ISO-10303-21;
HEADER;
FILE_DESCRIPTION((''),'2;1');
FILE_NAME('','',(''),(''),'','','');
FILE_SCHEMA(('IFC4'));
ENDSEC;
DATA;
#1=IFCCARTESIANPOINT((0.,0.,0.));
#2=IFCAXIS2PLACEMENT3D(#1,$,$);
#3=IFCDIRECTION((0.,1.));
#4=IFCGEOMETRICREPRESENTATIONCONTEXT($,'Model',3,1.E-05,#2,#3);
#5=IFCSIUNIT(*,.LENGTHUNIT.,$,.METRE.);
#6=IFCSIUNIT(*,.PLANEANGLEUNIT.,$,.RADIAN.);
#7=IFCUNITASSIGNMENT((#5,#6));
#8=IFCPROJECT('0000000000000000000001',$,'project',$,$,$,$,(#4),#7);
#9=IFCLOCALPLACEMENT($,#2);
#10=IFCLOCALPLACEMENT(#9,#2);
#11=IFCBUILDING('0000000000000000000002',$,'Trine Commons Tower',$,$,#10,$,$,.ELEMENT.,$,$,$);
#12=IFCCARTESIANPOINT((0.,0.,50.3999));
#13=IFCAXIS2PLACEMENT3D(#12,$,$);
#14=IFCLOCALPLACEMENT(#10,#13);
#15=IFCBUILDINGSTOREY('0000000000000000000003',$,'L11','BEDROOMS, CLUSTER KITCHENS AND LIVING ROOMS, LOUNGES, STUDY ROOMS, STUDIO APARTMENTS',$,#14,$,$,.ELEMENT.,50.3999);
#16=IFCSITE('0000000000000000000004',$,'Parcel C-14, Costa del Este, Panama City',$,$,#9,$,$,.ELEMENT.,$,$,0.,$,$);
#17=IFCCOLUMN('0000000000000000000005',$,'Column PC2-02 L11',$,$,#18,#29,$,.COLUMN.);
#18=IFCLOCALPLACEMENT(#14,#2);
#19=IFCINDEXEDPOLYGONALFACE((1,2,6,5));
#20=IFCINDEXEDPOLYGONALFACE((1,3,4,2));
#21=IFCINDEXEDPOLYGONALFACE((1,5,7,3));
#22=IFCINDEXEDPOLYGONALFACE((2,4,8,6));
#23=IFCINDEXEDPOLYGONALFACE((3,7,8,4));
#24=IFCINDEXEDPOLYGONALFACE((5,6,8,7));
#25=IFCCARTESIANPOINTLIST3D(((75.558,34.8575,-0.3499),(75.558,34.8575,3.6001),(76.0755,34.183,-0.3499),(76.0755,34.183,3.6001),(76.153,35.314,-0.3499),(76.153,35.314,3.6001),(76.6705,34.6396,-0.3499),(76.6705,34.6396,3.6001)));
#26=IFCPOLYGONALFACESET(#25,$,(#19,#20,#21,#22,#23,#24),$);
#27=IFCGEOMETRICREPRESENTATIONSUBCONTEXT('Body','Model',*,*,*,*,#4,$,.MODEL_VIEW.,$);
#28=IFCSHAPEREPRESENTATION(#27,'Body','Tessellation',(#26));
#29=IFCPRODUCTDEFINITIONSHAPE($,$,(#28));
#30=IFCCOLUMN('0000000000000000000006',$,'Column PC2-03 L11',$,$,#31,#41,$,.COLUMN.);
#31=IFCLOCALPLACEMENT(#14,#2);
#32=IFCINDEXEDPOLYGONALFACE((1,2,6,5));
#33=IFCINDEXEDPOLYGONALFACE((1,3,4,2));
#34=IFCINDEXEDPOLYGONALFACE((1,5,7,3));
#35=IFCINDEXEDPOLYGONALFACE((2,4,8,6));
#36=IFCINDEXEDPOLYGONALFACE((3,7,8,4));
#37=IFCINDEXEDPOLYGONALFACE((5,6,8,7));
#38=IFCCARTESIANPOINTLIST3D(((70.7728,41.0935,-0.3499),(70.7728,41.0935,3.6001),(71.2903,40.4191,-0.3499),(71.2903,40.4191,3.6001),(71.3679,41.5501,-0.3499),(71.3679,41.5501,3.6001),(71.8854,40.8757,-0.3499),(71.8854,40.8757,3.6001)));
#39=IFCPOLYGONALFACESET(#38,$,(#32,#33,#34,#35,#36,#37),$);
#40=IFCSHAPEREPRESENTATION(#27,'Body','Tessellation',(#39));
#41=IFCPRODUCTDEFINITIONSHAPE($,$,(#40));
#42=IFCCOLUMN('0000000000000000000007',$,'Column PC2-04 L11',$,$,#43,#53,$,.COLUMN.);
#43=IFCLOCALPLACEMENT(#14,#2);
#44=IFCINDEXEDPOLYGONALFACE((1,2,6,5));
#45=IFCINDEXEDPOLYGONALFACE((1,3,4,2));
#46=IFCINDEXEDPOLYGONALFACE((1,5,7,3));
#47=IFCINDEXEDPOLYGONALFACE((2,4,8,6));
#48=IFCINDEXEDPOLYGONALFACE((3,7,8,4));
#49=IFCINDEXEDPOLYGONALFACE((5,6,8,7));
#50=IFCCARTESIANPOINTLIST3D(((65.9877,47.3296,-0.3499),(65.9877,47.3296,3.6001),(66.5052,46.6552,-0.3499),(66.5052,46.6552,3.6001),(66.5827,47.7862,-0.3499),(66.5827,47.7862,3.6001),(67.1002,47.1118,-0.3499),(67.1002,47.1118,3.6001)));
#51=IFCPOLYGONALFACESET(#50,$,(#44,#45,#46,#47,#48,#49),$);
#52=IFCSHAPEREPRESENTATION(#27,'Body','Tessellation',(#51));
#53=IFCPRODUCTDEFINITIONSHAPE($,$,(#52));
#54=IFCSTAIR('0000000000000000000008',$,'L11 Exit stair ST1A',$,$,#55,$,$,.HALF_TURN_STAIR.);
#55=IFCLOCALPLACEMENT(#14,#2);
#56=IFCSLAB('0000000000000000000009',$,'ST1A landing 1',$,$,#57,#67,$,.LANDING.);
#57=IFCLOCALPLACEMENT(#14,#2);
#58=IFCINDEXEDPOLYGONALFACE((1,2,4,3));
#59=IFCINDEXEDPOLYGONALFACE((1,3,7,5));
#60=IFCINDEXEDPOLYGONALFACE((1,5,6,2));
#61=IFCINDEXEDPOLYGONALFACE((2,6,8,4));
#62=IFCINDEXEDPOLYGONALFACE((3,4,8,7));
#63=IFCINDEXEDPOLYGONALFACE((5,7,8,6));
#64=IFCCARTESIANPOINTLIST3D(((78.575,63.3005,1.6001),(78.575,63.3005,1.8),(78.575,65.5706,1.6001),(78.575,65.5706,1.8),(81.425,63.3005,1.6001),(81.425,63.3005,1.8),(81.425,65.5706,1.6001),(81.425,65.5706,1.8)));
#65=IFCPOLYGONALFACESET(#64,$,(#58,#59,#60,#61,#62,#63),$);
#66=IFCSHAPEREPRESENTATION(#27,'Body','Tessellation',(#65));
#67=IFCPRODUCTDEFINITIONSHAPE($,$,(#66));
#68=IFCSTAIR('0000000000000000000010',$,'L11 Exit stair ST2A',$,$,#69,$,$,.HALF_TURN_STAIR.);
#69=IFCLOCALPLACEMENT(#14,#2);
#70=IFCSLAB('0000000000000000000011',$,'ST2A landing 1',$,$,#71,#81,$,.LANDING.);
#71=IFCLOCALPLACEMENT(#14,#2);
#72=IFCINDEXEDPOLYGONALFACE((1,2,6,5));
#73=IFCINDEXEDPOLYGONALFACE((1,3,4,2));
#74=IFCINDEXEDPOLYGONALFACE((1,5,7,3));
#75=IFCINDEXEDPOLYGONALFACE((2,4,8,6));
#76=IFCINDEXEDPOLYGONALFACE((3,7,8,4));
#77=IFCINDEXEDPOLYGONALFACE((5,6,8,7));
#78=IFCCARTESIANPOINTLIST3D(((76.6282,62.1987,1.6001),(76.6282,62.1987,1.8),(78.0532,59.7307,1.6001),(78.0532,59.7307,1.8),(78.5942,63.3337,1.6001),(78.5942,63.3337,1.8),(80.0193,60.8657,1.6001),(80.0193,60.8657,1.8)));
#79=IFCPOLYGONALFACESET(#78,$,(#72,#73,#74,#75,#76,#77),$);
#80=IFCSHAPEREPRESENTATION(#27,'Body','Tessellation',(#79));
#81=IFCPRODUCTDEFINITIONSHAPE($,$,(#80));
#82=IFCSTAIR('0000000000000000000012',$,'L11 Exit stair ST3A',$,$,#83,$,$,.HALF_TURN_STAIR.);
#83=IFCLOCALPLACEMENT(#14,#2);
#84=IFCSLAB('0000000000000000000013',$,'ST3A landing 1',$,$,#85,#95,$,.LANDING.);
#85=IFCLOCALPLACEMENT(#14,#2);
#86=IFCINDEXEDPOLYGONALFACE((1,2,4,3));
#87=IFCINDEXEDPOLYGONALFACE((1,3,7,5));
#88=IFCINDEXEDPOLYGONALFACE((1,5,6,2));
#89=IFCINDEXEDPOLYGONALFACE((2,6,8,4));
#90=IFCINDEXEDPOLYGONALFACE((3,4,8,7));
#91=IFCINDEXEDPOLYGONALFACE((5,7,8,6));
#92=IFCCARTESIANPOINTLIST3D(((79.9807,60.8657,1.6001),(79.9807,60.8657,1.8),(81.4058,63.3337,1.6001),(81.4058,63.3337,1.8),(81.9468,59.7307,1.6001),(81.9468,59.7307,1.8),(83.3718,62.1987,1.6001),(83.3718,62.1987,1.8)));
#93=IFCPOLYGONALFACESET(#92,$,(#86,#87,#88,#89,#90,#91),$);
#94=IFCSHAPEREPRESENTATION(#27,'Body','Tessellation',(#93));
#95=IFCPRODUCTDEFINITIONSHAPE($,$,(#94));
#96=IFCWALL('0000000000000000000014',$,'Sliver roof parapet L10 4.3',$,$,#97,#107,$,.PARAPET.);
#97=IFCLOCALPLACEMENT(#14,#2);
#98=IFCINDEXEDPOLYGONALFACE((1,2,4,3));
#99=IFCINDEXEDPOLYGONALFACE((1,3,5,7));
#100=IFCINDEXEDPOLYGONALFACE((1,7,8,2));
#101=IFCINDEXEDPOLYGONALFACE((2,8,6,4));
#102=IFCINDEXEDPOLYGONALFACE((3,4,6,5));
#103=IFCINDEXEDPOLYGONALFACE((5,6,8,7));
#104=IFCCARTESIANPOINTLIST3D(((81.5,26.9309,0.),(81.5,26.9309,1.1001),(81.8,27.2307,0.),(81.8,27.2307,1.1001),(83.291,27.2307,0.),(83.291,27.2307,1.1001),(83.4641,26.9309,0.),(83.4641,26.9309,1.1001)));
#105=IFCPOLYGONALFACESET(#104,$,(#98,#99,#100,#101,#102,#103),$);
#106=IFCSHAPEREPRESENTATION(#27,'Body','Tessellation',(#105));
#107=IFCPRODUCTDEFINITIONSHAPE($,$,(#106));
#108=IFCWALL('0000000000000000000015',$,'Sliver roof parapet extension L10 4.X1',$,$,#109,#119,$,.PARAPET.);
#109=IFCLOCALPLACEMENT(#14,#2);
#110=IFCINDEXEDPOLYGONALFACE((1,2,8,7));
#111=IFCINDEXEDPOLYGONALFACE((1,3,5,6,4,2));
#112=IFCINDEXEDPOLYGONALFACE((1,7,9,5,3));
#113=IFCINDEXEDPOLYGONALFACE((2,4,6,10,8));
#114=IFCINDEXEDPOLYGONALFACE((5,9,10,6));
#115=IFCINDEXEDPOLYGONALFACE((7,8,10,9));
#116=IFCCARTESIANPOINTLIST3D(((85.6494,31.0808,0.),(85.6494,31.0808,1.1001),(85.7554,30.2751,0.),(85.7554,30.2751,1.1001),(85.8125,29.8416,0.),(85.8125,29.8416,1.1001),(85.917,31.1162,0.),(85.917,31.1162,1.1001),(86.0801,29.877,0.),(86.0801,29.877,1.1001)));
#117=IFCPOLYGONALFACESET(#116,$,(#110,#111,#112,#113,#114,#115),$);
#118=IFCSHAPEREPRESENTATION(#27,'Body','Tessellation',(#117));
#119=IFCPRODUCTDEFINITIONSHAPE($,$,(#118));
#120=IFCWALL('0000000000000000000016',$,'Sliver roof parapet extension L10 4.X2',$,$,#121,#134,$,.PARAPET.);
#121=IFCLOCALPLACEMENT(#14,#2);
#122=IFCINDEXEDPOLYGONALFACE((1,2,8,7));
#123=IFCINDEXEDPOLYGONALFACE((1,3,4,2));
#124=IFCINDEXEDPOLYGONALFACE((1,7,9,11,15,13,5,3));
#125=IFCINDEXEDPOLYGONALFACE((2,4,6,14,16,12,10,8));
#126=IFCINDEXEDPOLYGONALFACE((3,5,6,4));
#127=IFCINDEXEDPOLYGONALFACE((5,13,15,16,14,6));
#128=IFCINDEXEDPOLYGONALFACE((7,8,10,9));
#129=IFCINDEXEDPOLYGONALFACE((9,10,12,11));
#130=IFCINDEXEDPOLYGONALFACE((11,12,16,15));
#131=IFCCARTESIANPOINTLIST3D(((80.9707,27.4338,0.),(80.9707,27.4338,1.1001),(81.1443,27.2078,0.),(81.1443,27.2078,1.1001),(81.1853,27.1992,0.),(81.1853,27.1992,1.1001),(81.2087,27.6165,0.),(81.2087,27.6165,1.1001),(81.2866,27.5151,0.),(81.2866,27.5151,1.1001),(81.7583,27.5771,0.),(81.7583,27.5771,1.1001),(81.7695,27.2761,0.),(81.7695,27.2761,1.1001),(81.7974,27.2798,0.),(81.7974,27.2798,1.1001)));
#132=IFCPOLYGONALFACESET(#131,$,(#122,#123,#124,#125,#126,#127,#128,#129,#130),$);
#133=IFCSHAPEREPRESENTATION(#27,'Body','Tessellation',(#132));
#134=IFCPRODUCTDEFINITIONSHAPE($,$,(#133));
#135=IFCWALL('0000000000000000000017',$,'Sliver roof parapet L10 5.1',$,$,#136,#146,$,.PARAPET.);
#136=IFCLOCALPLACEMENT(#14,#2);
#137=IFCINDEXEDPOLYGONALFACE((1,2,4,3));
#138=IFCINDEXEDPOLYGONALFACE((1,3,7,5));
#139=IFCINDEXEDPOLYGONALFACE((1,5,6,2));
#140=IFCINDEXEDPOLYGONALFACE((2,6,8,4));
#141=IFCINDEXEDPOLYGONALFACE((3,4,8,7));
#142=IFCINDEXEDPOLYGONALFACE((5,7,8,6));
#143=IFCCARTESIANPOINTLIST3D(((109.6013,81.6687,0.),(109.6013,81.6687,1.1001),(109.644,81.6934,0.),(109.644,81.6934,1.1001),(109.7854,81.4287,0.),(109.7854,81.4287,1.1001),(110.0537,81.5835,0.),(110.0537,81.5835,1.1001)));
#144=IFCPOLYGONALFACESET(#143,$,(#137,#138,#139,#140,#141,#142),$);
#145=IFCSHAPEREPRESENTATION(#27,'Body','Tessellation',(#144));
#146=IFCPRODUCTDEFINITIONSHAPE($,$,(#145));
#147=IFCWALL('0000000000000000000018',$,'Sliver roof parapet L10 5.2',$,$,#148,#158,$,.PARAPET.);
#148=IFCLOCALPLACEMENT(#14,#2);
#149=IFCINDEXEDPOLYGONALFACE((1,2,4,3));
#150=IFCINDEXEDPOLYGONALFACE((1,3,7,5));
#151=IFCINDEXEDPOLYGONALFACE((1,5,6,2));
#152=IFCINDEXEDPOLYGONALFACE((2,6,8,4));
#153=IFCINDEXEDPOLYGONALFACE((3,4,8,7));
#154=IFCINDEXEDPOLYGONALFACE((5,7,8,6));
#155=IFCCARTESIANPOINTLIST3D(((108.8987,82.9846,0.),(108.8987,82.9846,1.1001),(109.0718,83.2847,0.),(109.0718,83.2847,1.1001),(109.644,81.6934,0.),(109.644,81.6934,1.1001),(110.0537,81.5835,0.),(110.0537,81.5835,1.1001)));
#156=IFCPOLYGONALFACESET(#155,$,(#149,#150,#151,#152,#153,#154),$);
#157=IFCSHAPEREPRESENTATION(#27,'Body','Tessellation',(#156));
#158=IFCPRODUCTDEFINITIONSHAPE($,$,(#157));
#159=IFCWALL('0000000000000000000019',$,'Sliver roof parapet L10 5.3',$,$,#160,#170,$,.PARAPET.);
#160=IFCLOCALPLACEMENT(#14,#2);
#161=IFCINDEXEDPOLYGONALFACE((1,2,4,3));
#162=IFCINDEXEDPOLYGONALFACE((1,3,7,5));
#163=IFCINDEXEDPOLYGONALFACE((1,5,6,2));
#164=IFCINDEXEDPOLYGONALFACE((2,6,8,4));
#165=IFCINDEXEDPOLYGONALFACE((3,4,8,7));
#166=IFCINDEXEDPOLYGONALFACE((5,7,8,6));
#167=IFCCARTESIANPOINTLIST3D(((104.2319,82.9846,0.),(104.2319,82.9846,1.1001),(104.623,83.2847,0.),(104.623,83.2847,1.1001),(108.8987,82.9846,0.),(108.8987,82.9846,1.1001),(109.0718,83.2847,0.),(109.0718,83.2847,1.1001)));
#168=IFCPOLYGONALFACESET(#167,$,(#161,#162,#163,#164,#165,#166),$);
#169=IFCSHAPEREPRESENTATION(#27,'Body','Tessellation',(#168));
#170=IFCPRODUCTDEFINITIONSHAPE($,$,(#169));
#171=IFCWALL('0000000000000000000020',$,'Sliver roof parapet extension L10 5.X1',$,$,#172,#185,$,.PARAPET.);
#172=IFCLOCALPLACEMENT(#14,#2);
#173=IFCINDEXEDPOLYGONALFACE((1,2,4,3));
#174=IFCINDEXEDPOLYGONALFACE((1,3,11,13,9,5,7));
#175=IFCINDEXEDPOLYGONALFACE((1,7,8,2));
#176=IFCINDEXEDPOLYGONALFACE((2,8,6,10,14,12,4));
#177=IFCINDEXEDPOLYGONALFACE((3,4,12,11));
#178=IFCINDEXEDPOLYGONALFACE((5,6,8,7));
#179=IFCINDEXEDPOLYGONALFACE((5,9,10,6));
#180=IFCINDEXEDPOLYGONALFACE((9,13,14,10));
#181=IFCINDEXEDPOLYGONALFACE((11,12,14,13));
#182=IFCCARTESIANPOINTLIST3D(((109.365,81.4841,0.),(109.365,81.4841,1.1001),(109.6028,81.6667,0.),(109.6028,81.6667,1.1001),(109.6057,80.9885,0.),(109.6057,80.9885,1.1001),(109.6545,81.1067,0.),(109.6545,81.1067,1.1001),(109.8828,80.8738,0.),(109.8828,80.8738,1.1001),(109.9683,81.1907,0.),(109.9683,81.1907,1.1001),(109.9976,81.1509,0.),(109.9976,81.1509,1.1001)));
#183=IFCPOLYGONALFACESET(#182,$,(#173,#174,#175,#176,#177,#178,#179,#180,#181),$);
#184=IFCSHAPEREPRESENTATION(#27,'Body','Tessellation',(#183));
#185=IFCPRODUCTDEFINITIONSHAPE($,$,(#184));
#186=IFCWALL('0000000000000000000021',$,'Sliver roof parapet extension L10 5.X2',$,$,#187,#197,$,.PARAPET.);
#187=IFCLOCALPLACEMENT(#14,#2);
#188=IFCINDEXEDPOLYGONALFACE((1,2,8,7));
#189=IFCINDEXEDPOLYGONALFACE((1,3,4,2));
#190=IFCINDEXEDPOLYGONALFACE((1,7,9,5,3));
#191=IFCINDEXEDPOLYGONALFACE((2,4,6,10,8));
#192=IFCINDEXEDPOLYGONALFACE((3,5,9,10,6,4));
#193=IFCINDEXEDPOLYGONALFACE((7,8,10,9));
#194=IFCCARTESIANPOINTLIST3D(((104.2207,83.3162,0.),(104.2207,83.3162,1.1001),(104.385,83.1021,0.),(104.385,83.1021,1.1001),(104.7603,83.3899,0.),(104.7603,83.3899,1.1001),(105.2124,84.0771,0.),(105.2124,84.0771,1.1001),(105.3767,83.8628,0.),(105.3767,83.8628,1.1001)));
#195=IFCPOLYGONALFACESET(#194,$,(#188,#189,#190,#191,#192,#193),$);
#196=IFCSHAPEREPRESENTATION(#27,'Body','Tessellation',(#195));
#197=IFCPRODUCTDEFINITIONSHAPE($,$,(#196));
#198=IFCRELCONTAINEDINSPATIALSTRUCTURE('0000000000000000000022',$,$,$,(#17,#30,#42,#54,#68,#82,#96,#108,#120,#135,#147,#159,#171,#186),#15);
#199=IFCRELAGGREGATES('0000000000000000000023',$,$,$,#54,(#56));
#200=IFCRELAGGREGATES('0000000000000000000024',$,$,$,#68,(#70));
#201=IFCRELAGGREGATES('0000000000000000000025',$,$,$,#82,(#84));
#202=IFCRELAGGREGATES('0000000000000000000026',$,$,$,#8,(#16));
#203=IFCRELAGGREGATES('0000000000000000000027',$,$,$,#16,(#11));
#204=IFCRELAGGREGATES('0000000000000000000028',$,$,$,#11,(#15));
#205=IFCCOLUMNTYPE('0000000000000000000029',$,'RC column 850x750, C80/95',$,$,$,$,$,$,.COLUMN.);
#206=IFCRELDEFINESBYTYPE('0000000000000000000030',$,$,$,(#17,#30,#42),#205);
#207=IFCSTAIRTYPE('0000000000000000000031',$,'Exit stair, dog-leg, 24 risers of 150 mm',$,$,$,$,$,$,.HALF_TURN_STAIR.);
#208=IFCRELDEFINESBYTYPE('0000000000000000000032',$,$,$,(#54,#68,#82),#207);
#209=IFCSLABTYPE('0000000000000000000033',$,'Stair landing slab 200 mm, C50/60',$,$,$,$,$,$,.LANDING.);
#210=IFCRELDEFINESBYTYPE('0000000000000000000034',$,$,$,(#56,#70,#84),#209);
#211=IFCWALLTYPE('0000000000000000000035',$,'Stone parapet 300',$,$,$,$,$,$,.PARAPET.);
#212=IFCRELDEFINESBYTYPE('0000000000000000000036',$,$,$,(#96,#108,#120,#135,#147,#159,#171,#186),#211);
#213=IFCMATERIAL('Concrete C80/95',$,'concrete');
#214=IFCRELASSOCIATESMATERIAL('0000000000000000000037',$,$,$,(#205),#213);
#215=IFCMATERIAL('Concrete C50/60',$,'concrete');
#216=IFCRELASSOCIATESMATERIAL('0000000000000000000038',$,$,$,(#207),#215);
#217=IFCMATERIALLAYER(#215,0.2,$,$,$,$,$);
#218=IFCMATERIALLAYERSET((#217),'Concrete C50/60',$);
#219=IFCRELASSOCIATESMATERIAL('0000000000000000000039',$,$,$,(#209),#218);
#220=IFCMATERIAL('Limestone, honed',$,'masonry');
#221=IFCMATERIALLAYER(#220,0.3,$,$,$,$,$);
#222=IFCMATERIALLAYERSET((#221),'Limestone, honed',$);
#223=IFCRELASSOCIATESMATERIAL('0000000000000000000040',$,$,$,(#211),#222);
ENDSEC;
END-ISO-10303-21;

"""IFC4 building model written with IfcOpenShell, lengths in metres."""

from ifc_helpers import new_model, si_unit, direction, frame, origin, origin_2d, place, context, subcontext, project, spatial, polyline, rectangle, outline, extrude, material, layer, layer_set, material_profile, profile_set, type_object, element, aggregate, save


model = new_model("IFC4")

# Units and contexts
model_context = context("Model", 3, precision=1e-05, world=origin(), true_north=direction((0.0, 1.0)))
body_context = subcontext(model_context, "Body", "Model", "MODEL_VIEW")
ifc_project = project(units=[si_unit("LENGTHUNIT", "METRE"), si_unit("PLANEANGLEUNIT", "RADIAN")], contexts=[model_context])

# Site, building, storey
site_placement = place(None, origin())
site = spatial("IfcSite", under=ifc_project, at=site_placement, Name="Parcel C-14, Costa del Este, Panama City", CompositionType="ELEMENT", RefElevation=0.0)
building_placement = place(site_placement, origin())
building = spatial("IfcBuilding", under=site, at=building_placement, Name="Trine Commons Tower", CompositionType="ELEMENT")
storey_placement = place(building_placement, frame((0.0, 0.0, 50.3999)))
storey = spatial("IfcBuildingStorey", under=building, at=storey_placement, Name="L11", Description="BEDROOMS, CLUSTER KITCHENS AND LIVING ROOMS, LOUNGES, STUDY ROOMS, STUDIO APARTMENTS", CompositionType="ELEMENT", Elevation=50.3999)

# Columns
ifc_material_1 = material(Name="Concrete C80/95", Category="concrete")
ifc_material_profile = material_profile(ifc_material_1, rectangle(XDim=0.8501, YDim=0.75, at=origin_2d()), Name="RC 850x750")
ifc_profile_set = profile_set([ifc_material_profile], Name="Concrete C80/95")
column_type = type_object("IfcColumnType", Name="RC column 850x750, C80/95", PredefinedType="COLUMN", material=ifc_profile_set)
for number, where, z_axis, x_axis, name in (
    (1, (76.1143, 34.7485, -0.3499), (0.0, 0.0, 1.0), (-0.608761, 0.793353, 0.0), "Column PC2-02 L11"),
    (2, (71.3291, 40.9846, -0.3499), (0.0, 0.0, 1.0), (-0.608761, 0.793353, 0.0), "Column PC2-03 L11"),
    (3, (66.5439, 47.2207, -0.3499), (0.0, 0.0, 1.0), (-0.608761, 0.793353, 0.0), "Column PC2-04 L11"),
):
    element("IfcColumn", number, at=place(storey_placement, frame(where, z_axis=z_axis, x_axis=x_axis)), inside=storey, type_object=column_type, Name=name, PredefinedType="COLUMN", context=body_context, shape_type="SweptSolid", body=[
        extrude(rectangle(XDim=0.8501, YDim=0.75, at=origin_2d()), origin(), (0.0, 0.0, 1.0), 3.95),
    ])

# Stairs, slabs
ifc_material_2 = material(Name="Concrete C50/60", Category="concrete")
stair_type = type_object("IfcStairType", Name="Exit stair, dog-leg, 24 risers of 150 mm", PredefinedType="HALF_TURN_STAIR", material=ifc_material_2)
stair_1_placement = place(storey_placement, origin())
stair_1 = element("IfcStair", 4, at=stair_1_placement, inside=storey, type_object=stair_type, Name="L11 Exit stair ST1A", PredefinedType="HALF_TURN_STAIR")
ifc_layer_1 = layer(ifc_material_2, 0.2)
ifc_layer_set_1 = layer_set([ifc_layer_1], Name="Concrete C50/60")
slab_type = type_object("IfcSlabType", Name="Stair landing slab 200 mm, C50/60", PredefinedType="LANDING", material=ifc_layer_set_1)
slab_1_placement = place(storey_placement, frame((0.0, 0.0, 1.6001)))
slab_1 = element("IfcSlab", 5, at=slab_1_placement, type_object=slab_type, Name="ST1A landing 1", PredefinedType="LANDING", context=body_context, shape_type="SweptSolid", body=[
    extrude(outline(polyline([(78.575, 65.5706), (78.575, 63.3005), (81.425, 63.3005), (81.425, 65.5706), (78.575, 65.5706)])), origin(), (0.0, 0.0, 1.0), 0.2),
])
aggregate(stair_1, [slab_1])
stair_2_placement = place(storey_placement, origin())
stair_2 = element("IfcStair", 6, at=stair_2_placement, inside=storey, type_object=stair_type, Name="L11 Exit stair ST2A", PredefinedType="HALF_TURN_STAIR")
slab_2_placement = place(storey_placement, frame((0.0, 0.0, 1.6001)))
slab_2 = element("IfcSlab", 7, at=slab_2_placement, type_object=slab_type, Name="ST2A landing 1", PredefinedType="LANDING", context=body_context, shape_type="SweptSolid", body=[
    extrude(outline(polyline([(78.0532, 59.7307), (80.0193, 60.8657), (78.5942, 63.3337), (76.6282, 62.1987), (78.0532, 59.7307)])), origin(), (0.0, 0.0, 1.0), 0.2),
])
aggregate(stair_2, [slab_2])
stair_3_placement = place(storey_placement, origin())
stair_3 = element("IfcStair", 8, at=stair_3_placement, inside=storey, type_object=stair_type, Name="L11 Exit stair ST3A", PredefinedType="HALF_TURN_STAIR")
slab_3_placement = place(storey_placement, frame((0.0, 0.0, 1.6001)))
slab_3 = element("IfcSlab", 9, at=slab_3_placement, type_object=slab_type, Name="ST3A landing 1", PredefinedType="LANDING", context=body_context, shape_type="SweptSolid", body=[
    extrude(outline(polyline([(83.3718, 62.1987), (81.4058, 63.3337), (79.9807, 60.8657), (81.9468, 59.7307), (83.3718, 62.1987)])), origin(), (0.0, 0.0, 1.0), 0.2),
])
aggregate(stair_3, [slab_3])

# Walls
ifc_material_3 = material(Name="Limestone, honed", Category="masonry")
ifc_layer_2 = layer(ifc_material_3, 0.3)
ifc_layer_set_2 = layer_set([ifc_layer_2], Name="Limestone, honed")
wall_type_1 = type_object("IfcWallType", Name="Stone parapet 300", PredefinedType="PARAPET", material=ifc_layer_set_2)
wall_1_placement = place(storey_placement, origin())
element("IfcWall", 10, at=wall_1_placement, inside=storey, type_object=wall_type_1, Name="Sliver roof parapet L10 4.3", PredefinedType="PARAPET", context=body_context, shape_type="SweptSolid", body=[
    extrude(outline(polyline([(81.5, 26.9309), (83.4641, 26.9309), (83.291, 27.2307), (81.8, 27.2307), (81.5, 26.9309)])), origin(), (0.0, 0.0, 1.0), 1.1001),
])
wall_2_placement = place(storey_placement, origin())
element("IfcWall", 11, at=wall_2_placement, inside=storey, type_object=wall_type_1, Name="Sliver roof parapet extension L10 4.X1", PredefinedType="PARAPET", context=body_context, shape_type="SweptSolid", body=[
    extrude(outline(polyline([(85.8125, 29.8416), (86.0801, 29.877), (85.917, 31.1162), (85.6494, 31.0808), (85.7554, 30.2751), (85.8125, 29.8416)])), origin(), (0.0, 0.0, 1.0), 1.1001),
])
wall_3_placement = place(storey_placement, origin())
element("IfcWall", 12, at=wall_3_placement, inside=storey, type_object=wall_type_1, Name="Sliver roof parapet extension L10 4.X2", PredefinedType="PARAPET", context=body_context, shape_type="SweptSolid", body=[
    extrude(outline(polyline([(81.7974, 27.2798), (81.7583, 27.5771), (81.2866, 27.5151), (81.2087, 27.6165), (80.9707, 27.4338), (81.1443, 27.2078), (81.1853, 27.1992), (81.7695, 27.2761), (81.7974, 27.2798)])), origin(), (0.0, 0.0, 1.0), 1.1001),
])
wall_4_placement = place(storey_placement, origin())
element("IfcWall", 13, at=wall_4_placement, inside=storey, type_object=wall_type_1, Name="Sliver roof parapet L10 5.1", PredefinedType="PARAPET", context=body_context, shape_type="SweptSolid", body=[
    extrude(outline(polyline([(109.7854, 81.4287), (110.0537, 81.5835), (109.644, 81.6934), (109.6013, 81.6687), (109.7854, 81.4287)])), origin(), (0.0, 0.0, 1.0), 1.1001),
])
wall_5_placement = place(storey_placement, origin())
element("IfcWall", 14, at=wall_5_placement, inside=storey, type_object=wall_type_1, Name="Sliver roof parapet L10 5.2", PredefinedType="PARAPET", context=body_context, shape_type="SweptSolid", body=[
    extrude(outline(polyline([(110.0537, 81.5835), (109.0718, 83.2847), (108.8987, 82.9846), (109.644, 81.6934), (110.0537, 81.5835)])), origin(), (0.0, 0.0, 1.0), 1.1001),
])
wall_6_placement = place(storey_placement, origin())
element("IfcWall", 15, at=wall_6_placement, inside=storey, type_object=wall_type_1, Name="Sliver roof parapet L10 5.3", PredefinedType="PARAPET", context=body_context, shape_type="SweptSolid", body=[
    extrude(outline(polyline([(109.0718, 83.2847), (104.623, 83.2847), (104.2319, 82.9846), (108.8987, 82.9846), (109.0718, 83.2847)])), origin(), (0.0, 0.0, 1.0), 1.1001),
])
wall_7_placement = place(storey_placement, origin())
element("IfcWall", 16, at=wall_7_placement, inside=storey, type_object=wall_type_1, Name="Sliver roof parapet extension L10 5.X1", PredefinedType="PARAPET", context=body_context, shape_type="SweptSolid", body=[
    extrude(outline(polyline([(109.8828, 80.8738), (109.9976, 81.1509), (109.9683, 81.1907), (109.6028, 81.6667), (109.365, 81.4841), (109.6545, 81.1067), (109.6057, 80.9885), (109.8828, 80.8738)])), origin(), (0.0, 0.0, 1.0), 1.1001),
])
wall_8_placement = place(storey_placement, origin())
element("IfcWall", 17, at=wall_8_placement, inside=storey, type_object=wall_type_1, Name="Sliver roof parapet extension L10 5.X2", PredefinedType="PARAPET", context=body_context, shape_type="SweptSolid", body=[
    extrude(outline(polyline([(105.3767, 83.8628), (105.2124, 84.0771), (104.2207, 83.3162), (104.385, 83.1021), (104.7603, 83.3899), (105.3767, 83.8628)])), origin(), (0.0, 0.0, 1.0), 1.1001),
])

save(model, "model.ifc")
